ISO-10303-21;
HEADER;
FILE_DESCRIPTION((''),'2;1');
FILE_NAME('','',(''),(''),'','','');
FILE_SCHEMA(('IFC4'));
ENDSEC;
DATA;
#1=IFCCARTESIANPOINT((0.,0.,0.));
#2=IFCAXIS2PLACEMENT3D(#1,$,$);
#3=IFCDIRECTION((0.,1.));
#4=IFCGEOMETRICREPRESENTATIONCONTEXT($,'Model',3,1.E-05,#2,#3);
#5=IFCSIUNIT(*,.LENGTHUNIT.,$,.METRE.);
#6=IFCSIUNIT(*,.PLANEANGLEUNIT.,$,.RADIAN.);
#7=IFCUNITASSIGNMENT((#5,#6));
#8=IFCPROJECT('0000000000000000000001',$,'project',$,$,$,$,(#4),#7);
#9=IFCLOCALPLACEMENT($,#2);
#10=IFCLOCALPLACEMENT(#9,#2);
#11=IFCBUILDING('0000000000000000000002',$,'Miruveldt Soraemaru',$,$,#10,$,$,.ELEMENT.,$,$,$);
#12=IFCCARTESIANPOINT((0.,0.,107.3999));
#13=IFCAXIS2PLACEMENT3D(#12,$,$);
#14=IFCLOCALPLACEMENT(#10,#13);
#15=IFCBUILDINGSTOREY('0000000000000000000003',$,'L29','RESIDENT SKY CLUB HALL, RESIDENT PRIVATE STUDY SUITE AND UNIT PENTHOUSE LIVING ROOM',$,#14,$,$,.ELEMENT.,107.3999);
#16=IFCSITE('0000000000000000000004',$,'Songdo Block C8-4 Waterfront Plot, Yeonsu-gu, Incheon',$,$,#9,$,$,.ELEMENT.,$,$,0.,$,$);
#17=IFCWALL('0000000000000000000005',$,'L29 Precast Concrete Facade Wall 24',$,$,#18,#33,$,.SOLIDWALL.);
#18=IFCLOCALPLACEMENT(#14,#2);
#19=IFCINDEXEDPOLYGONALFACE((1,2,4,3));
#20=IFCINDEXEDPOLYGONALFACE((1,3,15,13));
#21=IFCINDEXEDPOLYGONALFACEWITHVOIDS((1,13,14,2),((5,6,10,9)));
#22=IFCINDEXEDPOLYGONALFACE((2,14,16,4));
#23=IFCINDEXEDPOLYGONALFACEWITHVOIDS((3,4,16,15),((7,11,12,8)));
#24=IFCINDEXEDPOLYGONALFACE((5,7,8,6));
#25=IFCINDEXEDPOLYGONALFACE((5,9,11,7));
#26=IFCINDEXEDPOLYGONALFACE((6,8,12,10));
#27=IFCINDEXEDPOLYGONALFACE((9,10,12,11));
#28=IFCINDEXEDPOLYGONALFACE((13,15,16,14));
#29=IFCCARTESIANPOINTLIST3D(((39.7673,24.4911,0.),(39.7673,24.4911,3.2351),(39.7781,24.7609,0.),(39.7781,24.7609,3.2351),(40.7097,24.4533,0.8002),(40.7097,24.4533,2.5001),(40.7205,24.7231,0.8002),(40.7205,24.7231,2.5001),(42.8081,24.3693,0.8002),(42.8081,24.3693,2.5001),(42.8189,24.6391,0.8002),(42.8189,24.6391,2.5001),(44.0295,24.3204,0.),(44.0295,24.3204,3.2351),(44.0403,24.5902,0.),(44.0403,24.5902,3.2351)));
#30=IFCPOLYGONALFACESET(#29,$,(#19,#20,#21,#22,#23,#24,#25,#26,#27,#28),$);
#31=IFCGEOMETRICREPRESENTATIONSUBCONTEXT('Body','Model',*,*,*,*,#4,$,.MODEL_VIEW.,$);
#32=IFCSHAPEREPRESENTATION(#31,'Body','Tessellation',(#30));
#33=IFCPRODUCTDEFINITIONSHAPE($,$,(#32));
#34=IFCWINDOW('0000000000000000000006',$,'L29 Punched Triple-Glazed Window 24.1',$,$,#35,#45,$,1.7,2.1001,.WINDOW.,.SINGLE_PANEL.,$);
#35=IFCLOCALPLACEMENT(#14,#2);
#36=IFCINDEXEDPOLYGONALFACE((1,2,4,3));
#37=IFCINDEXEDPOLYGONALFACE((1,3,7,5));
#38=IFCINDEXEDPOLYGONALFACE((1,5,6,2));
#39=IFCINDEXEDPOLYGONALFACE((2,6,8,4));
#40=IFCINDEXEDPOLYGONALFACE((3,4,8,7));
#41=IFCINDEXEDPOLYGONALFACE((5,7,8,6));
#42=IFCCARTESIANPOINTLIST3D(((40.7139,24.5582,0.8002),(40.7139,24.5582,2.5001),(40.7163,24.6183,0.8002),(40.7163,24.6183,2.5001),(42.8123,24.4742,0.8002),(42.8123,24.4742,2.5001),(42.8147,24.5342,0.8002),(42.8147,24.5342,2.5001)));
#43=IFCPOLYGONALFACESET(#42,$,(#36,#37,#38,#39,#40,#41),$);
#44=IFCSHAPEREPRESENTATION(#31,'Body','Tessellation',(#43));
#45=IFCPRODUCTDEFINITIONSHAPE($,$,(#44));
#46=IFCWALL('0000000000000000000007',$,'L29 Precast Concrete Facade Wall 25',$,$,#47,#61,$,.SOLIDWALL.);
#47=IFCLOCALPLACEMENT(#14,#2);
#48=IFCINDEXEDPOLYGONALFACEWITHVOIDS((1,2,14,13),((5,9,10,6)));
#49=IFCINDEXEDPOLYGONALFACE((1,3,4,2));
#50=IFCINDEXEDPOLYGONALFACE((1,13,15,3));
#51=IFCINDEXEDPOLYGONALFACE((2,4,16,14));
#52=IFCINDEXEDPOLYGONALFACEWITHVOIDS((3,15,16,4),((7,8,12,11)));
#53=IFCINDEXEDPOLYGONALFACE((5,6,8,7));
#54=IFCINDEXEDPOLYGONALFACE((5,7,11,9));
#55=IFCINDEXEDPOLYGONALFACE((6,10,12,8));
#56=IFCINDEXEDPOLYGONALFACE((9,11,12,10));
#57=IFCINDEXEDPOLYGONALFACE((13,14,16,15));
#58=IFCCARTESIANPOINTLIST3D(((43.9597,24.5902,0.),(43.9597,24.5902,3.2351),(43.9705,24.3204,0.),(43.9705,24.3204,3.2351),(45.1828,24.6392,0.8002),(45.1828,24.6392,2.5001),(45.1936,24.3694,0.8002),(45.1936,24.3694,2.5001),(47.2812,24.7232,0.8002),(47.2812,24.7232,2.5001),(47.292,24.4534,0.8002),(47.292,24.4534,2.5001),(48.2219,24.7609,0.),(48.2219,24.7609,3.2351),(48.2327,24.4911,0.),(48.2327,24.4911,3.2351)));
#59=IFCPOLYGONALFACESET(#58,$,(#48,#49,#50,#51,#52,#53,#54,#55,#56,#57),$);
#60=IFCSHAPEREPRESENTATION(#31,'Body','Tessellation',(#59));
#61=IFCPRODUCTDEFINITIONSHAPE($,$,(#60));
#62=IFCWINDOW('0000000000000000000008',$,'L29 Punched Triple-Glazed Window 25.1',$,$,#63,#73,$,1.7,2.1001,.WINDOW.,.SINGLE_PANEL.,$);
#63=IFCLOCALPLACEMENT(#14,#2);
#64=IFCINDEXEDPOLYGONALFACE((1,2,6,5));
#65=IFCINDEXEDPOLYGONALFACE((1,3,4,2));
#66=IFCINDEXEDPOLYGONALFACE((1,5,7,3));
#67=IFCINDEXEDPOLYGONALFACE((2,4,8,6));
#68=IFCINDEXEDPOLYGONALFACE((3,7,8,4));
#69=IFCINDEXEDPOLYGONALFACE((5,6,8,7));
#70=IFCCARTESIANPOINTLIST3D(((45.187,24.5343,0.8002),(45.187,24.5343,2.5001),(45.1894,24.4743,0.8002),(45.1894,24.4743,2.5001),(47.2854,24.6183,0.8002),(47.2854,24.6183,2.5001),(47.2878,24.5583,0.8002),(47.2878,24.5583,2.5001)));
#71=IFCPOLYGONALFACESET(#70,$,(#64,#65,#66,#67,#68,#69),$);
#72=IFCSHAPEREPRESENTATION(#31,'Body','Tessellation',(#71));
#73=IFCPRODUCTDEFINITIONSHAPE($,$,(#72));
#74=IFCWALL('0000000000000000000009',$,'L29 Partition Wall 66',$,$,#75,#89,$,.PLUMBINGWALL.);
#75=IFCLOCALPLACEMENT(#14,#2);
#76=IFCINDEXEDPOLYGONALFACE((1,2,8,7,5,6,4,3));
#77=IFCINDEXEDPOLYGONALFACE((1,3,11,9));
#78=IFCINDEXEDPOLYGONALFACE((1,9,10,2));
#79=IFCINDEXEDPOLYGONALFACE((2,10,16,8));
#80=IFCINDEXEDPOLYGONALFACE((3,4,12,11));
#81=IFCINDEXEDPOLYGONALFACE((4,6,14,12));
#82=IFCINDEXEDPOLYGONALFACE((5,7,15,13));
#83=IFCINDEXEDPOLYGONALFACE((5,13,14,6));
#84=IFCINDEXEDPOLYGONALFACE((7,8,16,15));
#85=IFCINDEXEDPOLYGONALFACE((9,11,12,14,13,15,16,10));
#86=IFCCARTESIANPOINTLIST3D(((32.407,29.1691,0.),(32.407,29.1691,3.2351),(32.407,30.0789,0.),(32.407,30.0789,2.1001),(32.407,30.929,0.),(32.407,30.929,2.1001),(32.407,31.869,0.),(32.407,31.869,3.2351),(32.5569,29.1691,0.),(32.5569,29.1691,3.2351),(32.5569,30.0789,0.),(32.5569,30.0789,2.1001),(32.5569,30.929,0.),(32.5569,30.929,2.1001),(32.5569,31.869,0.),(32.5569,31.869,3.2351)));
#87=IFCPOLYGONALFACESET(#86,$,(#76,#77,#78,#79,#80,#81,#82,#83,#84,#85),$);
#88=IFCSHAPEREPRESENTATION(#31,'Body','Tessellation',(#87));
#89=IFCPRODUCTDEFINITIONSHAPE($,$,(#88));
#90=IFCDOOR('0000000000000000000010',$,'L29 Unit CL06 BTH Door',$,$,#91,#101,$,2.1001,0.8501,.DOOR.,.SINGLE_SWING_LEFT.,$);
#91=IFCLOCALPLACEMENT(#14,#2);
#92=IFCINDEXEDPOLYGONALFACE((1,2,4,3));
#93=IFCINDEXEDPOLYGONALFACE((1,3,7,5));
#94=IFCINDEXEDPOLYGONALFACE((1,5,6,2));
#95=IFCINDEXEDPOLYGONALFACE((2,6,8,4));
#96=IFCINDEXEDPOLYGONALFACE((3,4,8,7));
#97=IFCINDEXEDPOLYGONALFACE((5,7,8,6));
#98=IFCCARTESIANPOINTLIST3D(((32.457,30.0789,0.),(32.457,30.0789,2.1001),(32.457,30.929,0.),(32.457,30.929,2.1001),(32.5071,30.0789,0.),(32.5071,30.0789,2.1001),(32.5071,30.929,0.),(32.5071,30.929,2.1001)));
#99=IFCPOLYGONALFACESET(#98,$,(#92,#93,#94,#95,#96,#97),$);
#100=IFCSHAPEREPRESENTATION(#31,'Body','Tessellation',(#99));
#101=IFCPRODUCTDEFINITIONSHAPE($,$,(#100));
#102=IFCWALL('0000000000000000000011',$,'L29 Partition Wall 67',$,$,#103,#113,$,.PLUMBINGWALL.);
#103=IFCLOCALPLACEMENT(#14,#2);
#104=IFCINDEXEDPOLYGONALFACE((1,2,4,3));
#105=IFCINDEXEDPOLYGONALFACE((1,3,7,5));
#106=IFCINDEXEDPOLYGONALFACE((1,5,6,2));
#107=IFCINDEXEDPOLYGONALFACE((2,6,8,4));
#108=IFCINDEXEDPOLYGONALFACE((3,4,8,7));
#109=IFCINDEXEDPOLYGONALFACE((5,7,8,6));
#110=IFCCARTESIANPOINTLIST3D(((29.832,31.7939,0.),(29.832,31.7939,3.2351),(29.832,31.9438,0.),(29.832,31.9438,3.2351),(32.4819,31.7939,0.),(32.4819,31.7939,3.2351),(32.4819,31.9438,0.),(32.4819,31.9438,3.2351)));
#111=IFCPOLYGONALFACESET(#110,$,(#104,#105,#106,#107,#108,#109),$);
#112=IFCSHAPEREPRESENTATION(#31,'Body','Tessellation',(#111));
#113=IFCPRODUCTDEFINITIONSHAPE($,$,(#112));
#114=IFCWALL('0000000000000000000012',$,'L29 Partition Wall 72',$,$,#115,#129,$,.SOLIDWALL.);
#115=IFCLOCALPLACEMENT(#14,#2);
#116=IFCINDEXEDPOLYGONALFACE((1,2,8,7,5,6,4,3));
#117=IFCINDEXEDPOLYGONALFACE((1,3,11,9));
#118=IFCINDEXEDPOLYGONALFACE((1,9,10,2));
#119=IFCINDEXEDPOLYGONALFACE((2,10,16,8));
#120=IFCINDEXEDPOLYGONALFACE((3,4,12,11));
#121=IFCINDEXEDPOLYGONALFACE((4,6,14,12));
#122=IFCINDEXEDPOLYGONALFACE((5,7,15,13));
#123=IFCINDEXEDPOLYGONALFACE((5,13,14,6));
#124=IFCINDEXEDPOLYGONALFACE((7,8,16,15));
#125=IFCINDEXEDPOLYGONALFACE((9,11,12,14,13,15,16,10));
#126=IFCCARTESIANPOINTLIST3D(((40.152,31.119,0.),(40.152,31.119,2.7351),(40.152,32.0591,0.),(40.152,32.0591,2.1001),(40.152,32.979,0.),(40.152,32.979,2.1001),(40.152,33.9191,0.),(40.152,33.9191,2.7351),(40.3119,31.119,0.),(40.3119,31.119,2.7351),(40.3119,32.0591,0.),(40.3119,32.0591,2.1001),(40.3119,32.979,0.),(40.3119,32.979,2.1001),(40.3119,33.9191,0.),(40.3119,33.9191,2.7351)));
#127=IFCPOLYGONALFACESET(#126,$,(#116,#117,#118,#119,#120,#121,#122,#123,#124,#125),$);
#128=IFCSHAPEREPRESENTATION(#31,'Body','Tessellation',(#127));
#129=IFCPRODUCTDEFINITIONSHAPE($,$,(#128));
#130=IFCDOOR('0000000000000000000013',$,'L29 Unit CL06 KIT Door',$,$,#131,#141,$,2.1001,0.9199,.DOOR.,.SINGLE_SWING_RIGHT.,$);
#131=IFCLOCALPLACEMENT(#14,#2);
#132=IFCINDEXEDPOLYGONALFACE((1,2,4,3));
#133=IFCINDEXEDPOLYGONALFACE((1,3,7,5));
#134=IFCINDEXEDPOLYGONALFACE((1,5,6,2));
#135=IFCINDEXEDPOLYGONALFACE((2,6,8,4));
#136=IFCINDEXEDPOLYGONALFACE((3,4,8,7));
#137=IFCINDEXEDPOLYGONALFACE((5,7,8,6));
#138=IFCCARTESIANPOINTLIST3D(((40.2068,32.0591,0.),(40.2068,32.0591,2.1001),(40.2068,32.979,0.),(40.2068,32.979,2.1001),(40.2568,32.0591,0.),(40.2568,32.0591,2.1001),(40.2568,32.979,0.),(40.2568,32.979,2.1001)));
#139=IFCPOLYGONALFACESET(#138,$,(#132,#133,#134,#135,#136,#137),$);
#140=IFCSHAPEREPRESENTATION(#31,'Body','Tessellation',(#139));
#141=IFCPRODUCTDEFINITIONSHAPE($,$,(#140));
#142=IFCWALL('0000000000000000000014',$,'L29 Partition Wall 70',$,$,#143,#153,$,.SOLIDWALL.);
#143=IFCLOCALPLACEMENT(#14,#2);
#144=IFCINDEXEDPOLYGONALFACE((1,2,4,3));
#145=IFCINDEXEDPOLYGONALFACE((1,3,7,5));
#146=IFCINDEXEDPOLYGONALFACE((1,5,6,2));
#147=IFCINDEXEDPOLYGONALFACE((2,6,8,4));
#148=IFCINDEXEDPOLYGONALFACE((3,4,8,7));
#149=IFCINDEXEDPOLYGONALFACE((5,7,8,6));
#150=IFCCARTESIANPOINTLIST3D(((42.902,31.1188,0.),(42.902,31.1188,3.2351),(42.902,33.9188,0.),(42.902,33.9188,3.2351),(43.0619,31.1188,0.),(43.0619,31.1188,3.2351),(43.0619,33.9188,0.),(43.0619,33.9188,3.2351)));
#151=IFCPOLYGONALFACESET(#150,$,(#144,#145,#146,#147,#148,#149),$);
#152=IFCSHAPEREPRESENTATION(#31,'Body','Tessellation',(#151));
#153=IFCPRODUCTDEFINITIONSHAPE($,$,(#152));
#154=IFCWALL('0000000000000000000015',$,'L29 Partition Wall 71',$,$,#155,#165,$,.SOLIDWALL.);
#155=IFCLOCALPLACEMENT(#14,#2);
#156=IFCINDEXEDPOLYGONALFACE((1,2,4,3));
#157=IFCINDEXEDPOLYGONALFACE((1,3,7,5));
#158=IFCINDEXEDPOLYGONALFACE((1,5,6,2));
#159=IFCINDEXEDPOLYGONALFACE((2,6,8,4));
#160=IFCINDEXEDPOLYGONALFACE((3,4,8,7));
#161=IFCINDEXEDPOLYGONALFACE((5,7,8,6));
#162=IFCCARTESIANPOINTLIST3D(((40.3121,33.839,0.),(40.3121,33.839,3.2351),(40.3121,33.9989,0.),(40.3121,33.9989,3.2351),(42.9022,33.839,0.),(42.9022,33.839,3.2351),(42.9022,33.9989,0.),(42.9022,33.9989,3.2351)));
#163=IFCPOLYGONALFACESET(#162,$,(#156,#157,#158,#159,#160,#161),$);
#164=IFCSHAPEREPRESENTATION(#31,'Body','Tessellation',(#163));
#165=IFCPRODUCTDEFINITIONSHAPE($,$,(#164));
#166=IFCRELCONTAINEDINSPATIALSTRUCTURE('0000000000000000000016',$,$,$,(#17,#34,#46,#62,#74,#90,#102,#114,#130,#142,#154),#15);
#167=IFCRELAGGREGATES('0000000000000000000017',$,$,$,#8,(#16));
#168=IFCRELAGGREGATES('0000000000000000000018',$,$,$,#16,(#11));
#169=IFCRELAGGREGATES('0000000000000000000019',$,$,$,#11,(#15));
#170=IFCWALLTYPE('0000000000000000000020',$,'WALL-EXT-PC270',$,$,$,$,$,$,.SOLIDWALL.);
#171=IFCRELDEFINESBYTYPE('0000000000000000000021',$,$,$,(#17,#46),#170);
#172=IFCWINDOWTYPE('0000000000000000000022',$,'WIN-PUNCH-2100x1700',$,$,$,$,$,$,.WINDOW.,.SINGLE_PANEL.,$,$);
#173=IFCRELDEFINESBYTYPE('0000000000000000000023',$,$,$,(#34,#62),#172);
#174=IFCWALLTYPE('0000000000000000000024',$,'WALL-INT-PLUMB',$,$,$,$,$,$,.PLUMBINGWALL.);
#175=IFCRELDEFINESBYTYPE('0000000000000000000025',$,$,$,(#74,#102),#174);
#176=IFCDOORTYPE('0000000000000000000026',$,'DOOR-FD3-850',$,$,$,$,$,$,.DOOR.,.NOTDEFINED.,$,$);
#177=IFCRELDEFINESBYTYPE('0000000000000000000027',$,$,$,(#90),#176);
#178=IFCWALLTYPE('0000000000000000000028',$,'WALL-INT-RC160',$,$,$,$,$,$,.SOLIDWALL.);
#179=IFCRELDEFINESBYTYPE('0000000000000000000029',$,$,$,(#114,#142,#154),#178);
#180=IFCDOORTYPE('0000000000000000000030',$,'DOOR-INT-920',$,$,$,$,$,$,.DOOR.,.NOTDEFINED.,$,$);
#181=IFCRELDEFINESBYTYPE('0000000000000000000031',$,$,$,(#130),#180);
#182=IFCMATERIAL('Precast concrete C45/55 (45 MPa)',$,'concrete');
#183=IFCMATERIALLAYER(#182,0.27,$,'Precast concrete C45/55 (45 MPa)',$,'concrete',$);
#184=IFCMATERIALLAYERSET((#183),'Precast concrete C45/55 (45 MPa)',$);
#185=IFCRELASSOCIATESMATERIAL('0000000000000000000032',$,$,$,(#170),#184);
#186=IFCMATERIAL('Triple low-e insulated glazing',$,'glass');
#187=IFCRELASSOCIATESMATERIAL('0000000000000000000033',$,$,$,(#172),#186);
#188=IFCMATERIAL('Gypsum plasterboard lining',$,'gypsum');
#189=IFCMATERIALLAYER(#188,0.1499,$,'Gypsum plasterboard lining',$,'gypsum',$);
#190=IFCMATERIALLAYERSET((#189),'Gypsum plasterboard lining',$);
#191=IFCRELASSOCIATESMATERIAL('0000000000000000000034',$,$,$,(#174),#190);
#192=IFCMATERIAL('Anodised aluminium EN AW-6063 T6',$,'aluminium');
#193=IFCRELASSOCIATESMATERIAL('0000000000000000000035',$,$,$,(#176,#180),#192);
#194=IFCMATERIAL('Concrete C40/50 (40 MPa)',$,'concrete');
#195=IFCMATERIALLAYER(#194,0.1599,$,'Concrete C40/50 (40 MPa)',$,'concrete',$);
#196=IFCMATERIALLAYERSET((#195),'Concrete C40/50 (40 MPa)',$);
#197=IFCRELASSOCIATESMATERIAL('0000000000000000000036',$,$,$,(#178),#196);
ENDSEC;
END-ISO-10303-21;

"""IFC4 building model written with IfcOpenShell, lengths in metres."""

from ifc_helpers import new_model, si_unit, direction, frame, frame_2d, origin, place, context, subcontext, project, spatial, rectangle, extrude, material, layer, layer_set, type_object, element, fill, save


model = new_model("IFC4")

# Units and contexts
model_context = context("Model", 3, precision=1e-05, world=origin(), true_north=direction((0.0, 1.0)))
body_context = subcontext(model_context, "Body", "Model", "MODEL_VIEW")
ifc_project = project(units=[si_unit("LENGTHUNIT", "METRE"), si_unit("PLANEANGLEUNIT", "RADIAN")], contexts=[model_context])

# Site, building, storey
site_placement = place(None, origin())
site = spatial("IfcSite", under=ifc_project, at=site_placement, Name="Songdo Block C8-4 Waterfront Plot, Yeonsu-gu, Incheon", CompositionType="ELEMENT", RefElevation=0.0)
building_placement = place(site_placement, origin())
building = spatial("IfcBuilding", under=site, at=building_placement, Name="Miruveldt Soraemaru", CompositionType="ELEMENT")
storey_placement = place(building_placement, frame((0.0, 0.0, 107.3999)))
storey = spatial("IfcBuildingStorey", under=building, at=storey_placement, Name="L29", Description="RESIDENT SKY CLUB HALL, RESIDENT PRIVATE STUDY SUITE AND UNIT PENTHOUSE LIVING ROOM", CompositionType="ELEMENT", Elevation=107.3999)

# Walls, openings, windows
ifc_material_1 = material(Name="Precast concrete C45/55 (45 MPa)", Category="concrete")
ifc_layer_1 = layer(ifc_material_1, 0.27, Name="Precast concrete C45/55 (45 MPa)", Category="concrete")
ifc_layer_set_1 = layer_set([ifc_layer_1], Name="Precast concrete C45/55 (45 MPa)")
wall_type_1 = type_object("IfcWallType", Name="WALL-EXT-PC270", PredefinedType="SOLIDWALL", material=ifc_layer_set_1)
ifc_material_2 = material(Name="Triple low-e insulated glazing", Category="glass")
window_type = type_object("IfcWindowType", Name="WIN-PUNCH-2100x1700", PartitioningType="SINGLE_PANEL", PredefinedType="WINDOW", material=ifc_material_2)
wall_1_placement = place(storey_placement, frame((39.7727, 24.626, 0.0), z_axis=(0.0, 0.0, 1.0), x_axis=(0.999199, -0.040007, 0.0)))
wall_1 = element("IfcWall", 1, at=wall_1_placement, inside=storey, type_object=wall_type_1, Name="L29 Precast Concrete Facade Wall 24", PredefinedType="SOLIDWALL", context=body_context, shape_type="SweptSolid", body=[
    extrude(rectangle(XDim=4.2656, YDim=0.27, at=frame_2d((2.1328, 0.0))), origin(), (0.0, 0.0, 1.0), 3.2351),
])
opening_1_placement = place(wall_1_placement, frame((0.9431, 0.0, 0.8)))
opening_1 = element("IfcOpeningElement", 2, at=opening_1_placement, cuts=wall_1, PredefinedType="OPENING", context=body_context, shape_type="SweptSolid", body=[
    extrude(rectangle(XDim=2.1001, YDim=1.7, at=frame_2d((1.05, 0.8501))), frame((0.0, 0.145, 0.0), z_axis=(0.0, -1.0, 0.0), x_axis=(1.0, 0.0, 0.0)), (0.0, 0.0, 1.0), 0.29),
])
window_1_placement = place(opening_1_placement, origin())
window_1 = element("IfcWindow", 3, at=window_1_placement, inside=storey, type_object=window_type, Name="L29 Punched Triple-Glazed Window 24.1", OverallHeight=1.7, OverallWidth=2.1001, PartitioningType="SINGLE_PANEL", PredefinedType="WINDOW", context=body_context, shape_type="SweptSolid", body=[
    extrude(rectangle(XDim=2.1001, YDim=1.7, at=frame_2d((1.05, 0.8501))), frame((0.0, 0.03, 0.0), z_axis=(0.0, -1.0, 0.0), x_axis=(1.0, 0.0, 0.0)), (0.0, 0.0, 1.0), 0.0601),
])
fill(opening_1, window_1)
wall_2_placement = place(storey_placement, frame((43.9651, 24.4553, 0.0), z_axis=(0.0, 0.0, 1.0), x_axis=(0.999199, 0.040007, 0.0)))
wall_2 = element("IfcWall", 4, at=wall_2_placement, inside=storey, type_object=wall_type_1, Name="L29 Precast Concrete Facade Wall 25", PredefinedType="SOLIDWALL", context=body_context, shape_type="SweptSolid", body=[
    extrude(rectangle(XDim=4.2656, YDim=0.27, at=frame_2d((2.1328, 0.0))), origin(), (0.0, 0.0, 1.0), 3.2351),
])
opening_2_placement = place(wall_2_placement, frame((1.2241, 0.0, 0.8)))
opening_2 = element("IfcOpeningElement", 5, at=opening_2_placement, cuts=wall_2, PredefinedType="OPENING", context=body_context, shape_type="SweptSolid", body=[
    extrude(rectangle(XDim=2.1001, YDim=1.7, at=frame_2d((1.05, 0.8501))), frame((0.0, 0.145, 0.0), z_axis=(0.0, -1.0, 0.0), x_axis=(1.0, 0.0, 0.0)), (0.0, 0.0, 1.0), 0.29),
])
window_2_placement = place(opening_2_placement, origin())
window_2 = element("IfcWindow", 6, at=window_2_placement, inside=storey, type_object=window_type, Name="L29 Punched Triple-Glazed Window 25.1", OverallHeight=1.7, OverallWidth=2.1001, PartitioningType="SINGLE_PANEL", PredefinedType="WINDOW", context=body_context, shape_type="SweptSolid", body=[
    extrude(rectangle(XDim=2.1001, YDim=1.7, at=frame_2d((1.05, 0.8501))), frame((0.0, 0.03, 0.0), z_axis=(0.0, -1.0, 0.0), x_axis=(1.0, 0.0, 0.0)), (0.0, 0.0, 1.0), 0.0601),
])
fill(opening_2, window_2)

# Wall, opening, door
ifc_material_3 = material(Name="Gypsum plasterboard lining", Category="gypsum")
ifc_layer_2 = layer(ifc_material_3, 0.1499, Name="Gypsum plasterboard lining", Category="gypsum")
ifc_layer_set_2 = layer_set([ifc_layer_2], Name="Gypsum plasterboard lining")
wall_type_2 = type_object("IfcWallType", Name="WALL-INT-PLUMB", PredefinedType="PLUMBINGWALL", material=ifc_layer_set_2)
wall_3_placement = place(storey_placement, frame((32.4819, 29.1689, 0.0), z_axis=(0.0, 0.0, 1.0), x_axis=(0.0, 1.0, 0.0)))
wall_3 = element("IfcWall", 7, at=wall_3_placement, inside=storey, type_object=wall_type_2, Name="L29 Partition Wall 66", PredefinedType="PLUMBINGWALL", context=body_context, shape_type="SweptSolid", body=[
    extrude(rectangle(XDim=2.7, YDim=0.1499, at=frame_2d((1.3501, 0.0))), origin(), (0.0, 0.0, 1.0), 3.2351),
])
opening_3_placement = place(wall_3_placement, frame((0.9099, 0.0, 0.0)))
opening_3 = element("IfcOpeningElement", 8, at=opening_3_placement, cuts=wall_3, PredefinedType="OPENING", context=body_context, shape_type="SweptSolid", body=[
    extrude(rectangle(XDim=0.8501, YDim=2.1001, at=frame_2d((0.425, 1.05))), frame((0.0, 0.085, 0.0), z_axis=(0.0, -1.0, 0.0), x_axis=(1.0, 0.0, 0.0)), (0.0, 0.0, 1.0), 0.1699),
])
ifc_material_4 = material(Name="Anodised aluminium EN AW-6063 T6", Category="aluminium")
door_type_1 = type_object("IfcDoorType", Name="DOOR-FD3-850", OperationType="NOTDEFINED", PredefinedType="DOOR", material=ifc_material_4)
door_1_placement = place(opening_3_placement, origin())
door_1 = element("IfcDoor", 9, at=door_1_placement, inside=storey, type_object=door_type_1, Name="L29 Unit CL06 BTH Door", OperationType="SINGLE_SWING_LEFT", OverallHeight=2.1001, OverallWidth=0.8501, PredefinedType="DOOR", context=body_context, shape_type="SweptSolid", body=[
    extrude(rectangle(XDim=0.8501, YDim=2.1001, at=frame_2d((0.425, 1.05))), frame((0.0, 0.0249, 0.0), z_axis=(0.0, -1.0, 0.0), x_axis=(1.0, 0.0, 0.0)), (0.0, 0.0, 1.0), 0.05),
])
fill(opening_3, door_1)

# Wall
wall_4_placement = place(storey_placement, frame((32.4819, 31.8689, 0.0), z_axis=(0.0, 0.0, 1.0), x_axis=(-1.0, 0.0, 0.0)))
element("IfcWall", 10, at=wall_4_placement, inside=storey, type_object=wall_type_2, Name="L29 Partition Wall 67", PredefinedType="PLUMBINGWALL", context=body_context, shape_type="SweptSolid", body=[
    extrude(rectangle(XDim=2.6499, YDim=0.1499, at=frame_2d((1.325, 0.0))), origin(), (0.0, 0.0, 1.0), 3.2351),
])

# Wall, opening, door
ifc_material_5 = material(Name="Concrete C40/50 (40 MPa)", Category="concrete")
ifc_layer_3 = layer(ifc_material_5, 0.1599, Name="Concrete C40/50 (40 MPa)", Category="concrete")
ifc_layer_set_3 = layer_set([ifc_layer_3], Name="Concrete C40/50 (40 MPa)")
wall_type_3 = type_object("IfcWallType", Name="WALL-INT-RC160", PredefinedType="SOLIDWALL", material=ifc_layer_set_3)
wall_5_placement = place(storey_placement, frame((40.2319, 33.9189, 0.0), z_axis=(0.0, 0.0, 1.0), x_axis=(0.0, -1.0, 0.0)))
wall_5 = element("IfcWall", 11, at=wall_5_placement, inside=storey, type_object=wall_type_3, Name="L29 Partition Wall 72", PredefinedType="SOLIDWALL", context=body_context, shape_type="SweptSolid", body=[
    extrude(rectangle(XDim=2.8, YDim=0.1599, at=frame_2d((1.3999, 0.0))), origin(), (0.0, 0.0, 1.0), 2.7351),
])
opening_4_placement = place(wall_5_placement, frame((0.9399, 0.0, 0.0)))
opening_4 = element("IfcOpeningElement", 12, at=opening_4_placement, cuts=wall_5, PredefinedType="OPENING", context=body_context, shape_type="SweptSolid", body=[
    extrude(rectangle(XDim=0.9199, YDim=2.1001, at=frame_2d((0.46, 1.05))), frame((0.0, 0.0898, 0.0), z_axis=(0.0, -1.0, 0.0), x_axis=(1.0, 0.0, 0.0)), (0.0, 0.0, 1.0), 0.1799),
])
door_type_2 = type_object("IfcDoorType", Name="DOOR-INT-920", OperationType="NOTDEFINED", PredefinedType="DOOR", material=ifc_material_4)
door_2_placement = place(opening_4_placement, origin())
door_2 = element("IfcDoor", 13, at=door_2_placement, inside=storey, type_object=door_type_2, Name="L29 Unit CL06 KIT Door", OperationType="SINGLE_SWING_RIGHT", OverallHeight=2.1001, OverallWidth=0.9199, PredefinedType="DOOR", context=body_context, shape_type="SweptSolid", body=[
    extrude(rectangle(XDim=0.9199, YDim=2.1001, at=frame_2d((0.46, 1.05))), frame((0.0, 0.0249, 0.0), z_axis=(0.0, -1.0, 0.0), x_axis=(1.0, 0.0, 0.0)), (0.0, 0.0, 1.0), 0.05),
])
fill(opening_4, door_2)

# Walls
wall_6_placement = place(storey_placement, frame((42.9819, 31.1189, 0.0), z_axis=(0.0, 0.0, 1.0), x_axis=(0.0, 1.0, 0.0)))
element("IfcWall", 14, at=wall_6_placement, inside=storey, type_object=wall_type_3, Name="L29 Partition Wall 70", PredefinedType="SOLIDWALL", context=body_context, shape_type="SweptSolid", body=[
    extrude(rectangle(XDim=2.8, YDim=0.1599, at=frame_2d((1.3999, 0.0))), origin(), (0.0, 0.0, 1.0), 3.2351),
])
wall_7_placement = place(storey_placement, frame((42.9021, 33.9189, 0.0), z_axis=(0.0, 0.0, 1.0), x_axis=(-1.0, 0.0, 0.0)))
element("IfcWall", 15, at=wall_7_placement, inside=storey, type_object=wall_type_3, Name="L29 Partition Wall 71", PredefinedType="SOLIDWALL", context=body_context, shape_type="SweptSolid", body=[
    extrude(rectangle(XDim=2.5901, YDim=0.1599, at=frame_2d((1.2949, 0.0))), origin(), (0.0, 0.0, 1.0), 3.2351),
])

save(model, "model.ifc")
